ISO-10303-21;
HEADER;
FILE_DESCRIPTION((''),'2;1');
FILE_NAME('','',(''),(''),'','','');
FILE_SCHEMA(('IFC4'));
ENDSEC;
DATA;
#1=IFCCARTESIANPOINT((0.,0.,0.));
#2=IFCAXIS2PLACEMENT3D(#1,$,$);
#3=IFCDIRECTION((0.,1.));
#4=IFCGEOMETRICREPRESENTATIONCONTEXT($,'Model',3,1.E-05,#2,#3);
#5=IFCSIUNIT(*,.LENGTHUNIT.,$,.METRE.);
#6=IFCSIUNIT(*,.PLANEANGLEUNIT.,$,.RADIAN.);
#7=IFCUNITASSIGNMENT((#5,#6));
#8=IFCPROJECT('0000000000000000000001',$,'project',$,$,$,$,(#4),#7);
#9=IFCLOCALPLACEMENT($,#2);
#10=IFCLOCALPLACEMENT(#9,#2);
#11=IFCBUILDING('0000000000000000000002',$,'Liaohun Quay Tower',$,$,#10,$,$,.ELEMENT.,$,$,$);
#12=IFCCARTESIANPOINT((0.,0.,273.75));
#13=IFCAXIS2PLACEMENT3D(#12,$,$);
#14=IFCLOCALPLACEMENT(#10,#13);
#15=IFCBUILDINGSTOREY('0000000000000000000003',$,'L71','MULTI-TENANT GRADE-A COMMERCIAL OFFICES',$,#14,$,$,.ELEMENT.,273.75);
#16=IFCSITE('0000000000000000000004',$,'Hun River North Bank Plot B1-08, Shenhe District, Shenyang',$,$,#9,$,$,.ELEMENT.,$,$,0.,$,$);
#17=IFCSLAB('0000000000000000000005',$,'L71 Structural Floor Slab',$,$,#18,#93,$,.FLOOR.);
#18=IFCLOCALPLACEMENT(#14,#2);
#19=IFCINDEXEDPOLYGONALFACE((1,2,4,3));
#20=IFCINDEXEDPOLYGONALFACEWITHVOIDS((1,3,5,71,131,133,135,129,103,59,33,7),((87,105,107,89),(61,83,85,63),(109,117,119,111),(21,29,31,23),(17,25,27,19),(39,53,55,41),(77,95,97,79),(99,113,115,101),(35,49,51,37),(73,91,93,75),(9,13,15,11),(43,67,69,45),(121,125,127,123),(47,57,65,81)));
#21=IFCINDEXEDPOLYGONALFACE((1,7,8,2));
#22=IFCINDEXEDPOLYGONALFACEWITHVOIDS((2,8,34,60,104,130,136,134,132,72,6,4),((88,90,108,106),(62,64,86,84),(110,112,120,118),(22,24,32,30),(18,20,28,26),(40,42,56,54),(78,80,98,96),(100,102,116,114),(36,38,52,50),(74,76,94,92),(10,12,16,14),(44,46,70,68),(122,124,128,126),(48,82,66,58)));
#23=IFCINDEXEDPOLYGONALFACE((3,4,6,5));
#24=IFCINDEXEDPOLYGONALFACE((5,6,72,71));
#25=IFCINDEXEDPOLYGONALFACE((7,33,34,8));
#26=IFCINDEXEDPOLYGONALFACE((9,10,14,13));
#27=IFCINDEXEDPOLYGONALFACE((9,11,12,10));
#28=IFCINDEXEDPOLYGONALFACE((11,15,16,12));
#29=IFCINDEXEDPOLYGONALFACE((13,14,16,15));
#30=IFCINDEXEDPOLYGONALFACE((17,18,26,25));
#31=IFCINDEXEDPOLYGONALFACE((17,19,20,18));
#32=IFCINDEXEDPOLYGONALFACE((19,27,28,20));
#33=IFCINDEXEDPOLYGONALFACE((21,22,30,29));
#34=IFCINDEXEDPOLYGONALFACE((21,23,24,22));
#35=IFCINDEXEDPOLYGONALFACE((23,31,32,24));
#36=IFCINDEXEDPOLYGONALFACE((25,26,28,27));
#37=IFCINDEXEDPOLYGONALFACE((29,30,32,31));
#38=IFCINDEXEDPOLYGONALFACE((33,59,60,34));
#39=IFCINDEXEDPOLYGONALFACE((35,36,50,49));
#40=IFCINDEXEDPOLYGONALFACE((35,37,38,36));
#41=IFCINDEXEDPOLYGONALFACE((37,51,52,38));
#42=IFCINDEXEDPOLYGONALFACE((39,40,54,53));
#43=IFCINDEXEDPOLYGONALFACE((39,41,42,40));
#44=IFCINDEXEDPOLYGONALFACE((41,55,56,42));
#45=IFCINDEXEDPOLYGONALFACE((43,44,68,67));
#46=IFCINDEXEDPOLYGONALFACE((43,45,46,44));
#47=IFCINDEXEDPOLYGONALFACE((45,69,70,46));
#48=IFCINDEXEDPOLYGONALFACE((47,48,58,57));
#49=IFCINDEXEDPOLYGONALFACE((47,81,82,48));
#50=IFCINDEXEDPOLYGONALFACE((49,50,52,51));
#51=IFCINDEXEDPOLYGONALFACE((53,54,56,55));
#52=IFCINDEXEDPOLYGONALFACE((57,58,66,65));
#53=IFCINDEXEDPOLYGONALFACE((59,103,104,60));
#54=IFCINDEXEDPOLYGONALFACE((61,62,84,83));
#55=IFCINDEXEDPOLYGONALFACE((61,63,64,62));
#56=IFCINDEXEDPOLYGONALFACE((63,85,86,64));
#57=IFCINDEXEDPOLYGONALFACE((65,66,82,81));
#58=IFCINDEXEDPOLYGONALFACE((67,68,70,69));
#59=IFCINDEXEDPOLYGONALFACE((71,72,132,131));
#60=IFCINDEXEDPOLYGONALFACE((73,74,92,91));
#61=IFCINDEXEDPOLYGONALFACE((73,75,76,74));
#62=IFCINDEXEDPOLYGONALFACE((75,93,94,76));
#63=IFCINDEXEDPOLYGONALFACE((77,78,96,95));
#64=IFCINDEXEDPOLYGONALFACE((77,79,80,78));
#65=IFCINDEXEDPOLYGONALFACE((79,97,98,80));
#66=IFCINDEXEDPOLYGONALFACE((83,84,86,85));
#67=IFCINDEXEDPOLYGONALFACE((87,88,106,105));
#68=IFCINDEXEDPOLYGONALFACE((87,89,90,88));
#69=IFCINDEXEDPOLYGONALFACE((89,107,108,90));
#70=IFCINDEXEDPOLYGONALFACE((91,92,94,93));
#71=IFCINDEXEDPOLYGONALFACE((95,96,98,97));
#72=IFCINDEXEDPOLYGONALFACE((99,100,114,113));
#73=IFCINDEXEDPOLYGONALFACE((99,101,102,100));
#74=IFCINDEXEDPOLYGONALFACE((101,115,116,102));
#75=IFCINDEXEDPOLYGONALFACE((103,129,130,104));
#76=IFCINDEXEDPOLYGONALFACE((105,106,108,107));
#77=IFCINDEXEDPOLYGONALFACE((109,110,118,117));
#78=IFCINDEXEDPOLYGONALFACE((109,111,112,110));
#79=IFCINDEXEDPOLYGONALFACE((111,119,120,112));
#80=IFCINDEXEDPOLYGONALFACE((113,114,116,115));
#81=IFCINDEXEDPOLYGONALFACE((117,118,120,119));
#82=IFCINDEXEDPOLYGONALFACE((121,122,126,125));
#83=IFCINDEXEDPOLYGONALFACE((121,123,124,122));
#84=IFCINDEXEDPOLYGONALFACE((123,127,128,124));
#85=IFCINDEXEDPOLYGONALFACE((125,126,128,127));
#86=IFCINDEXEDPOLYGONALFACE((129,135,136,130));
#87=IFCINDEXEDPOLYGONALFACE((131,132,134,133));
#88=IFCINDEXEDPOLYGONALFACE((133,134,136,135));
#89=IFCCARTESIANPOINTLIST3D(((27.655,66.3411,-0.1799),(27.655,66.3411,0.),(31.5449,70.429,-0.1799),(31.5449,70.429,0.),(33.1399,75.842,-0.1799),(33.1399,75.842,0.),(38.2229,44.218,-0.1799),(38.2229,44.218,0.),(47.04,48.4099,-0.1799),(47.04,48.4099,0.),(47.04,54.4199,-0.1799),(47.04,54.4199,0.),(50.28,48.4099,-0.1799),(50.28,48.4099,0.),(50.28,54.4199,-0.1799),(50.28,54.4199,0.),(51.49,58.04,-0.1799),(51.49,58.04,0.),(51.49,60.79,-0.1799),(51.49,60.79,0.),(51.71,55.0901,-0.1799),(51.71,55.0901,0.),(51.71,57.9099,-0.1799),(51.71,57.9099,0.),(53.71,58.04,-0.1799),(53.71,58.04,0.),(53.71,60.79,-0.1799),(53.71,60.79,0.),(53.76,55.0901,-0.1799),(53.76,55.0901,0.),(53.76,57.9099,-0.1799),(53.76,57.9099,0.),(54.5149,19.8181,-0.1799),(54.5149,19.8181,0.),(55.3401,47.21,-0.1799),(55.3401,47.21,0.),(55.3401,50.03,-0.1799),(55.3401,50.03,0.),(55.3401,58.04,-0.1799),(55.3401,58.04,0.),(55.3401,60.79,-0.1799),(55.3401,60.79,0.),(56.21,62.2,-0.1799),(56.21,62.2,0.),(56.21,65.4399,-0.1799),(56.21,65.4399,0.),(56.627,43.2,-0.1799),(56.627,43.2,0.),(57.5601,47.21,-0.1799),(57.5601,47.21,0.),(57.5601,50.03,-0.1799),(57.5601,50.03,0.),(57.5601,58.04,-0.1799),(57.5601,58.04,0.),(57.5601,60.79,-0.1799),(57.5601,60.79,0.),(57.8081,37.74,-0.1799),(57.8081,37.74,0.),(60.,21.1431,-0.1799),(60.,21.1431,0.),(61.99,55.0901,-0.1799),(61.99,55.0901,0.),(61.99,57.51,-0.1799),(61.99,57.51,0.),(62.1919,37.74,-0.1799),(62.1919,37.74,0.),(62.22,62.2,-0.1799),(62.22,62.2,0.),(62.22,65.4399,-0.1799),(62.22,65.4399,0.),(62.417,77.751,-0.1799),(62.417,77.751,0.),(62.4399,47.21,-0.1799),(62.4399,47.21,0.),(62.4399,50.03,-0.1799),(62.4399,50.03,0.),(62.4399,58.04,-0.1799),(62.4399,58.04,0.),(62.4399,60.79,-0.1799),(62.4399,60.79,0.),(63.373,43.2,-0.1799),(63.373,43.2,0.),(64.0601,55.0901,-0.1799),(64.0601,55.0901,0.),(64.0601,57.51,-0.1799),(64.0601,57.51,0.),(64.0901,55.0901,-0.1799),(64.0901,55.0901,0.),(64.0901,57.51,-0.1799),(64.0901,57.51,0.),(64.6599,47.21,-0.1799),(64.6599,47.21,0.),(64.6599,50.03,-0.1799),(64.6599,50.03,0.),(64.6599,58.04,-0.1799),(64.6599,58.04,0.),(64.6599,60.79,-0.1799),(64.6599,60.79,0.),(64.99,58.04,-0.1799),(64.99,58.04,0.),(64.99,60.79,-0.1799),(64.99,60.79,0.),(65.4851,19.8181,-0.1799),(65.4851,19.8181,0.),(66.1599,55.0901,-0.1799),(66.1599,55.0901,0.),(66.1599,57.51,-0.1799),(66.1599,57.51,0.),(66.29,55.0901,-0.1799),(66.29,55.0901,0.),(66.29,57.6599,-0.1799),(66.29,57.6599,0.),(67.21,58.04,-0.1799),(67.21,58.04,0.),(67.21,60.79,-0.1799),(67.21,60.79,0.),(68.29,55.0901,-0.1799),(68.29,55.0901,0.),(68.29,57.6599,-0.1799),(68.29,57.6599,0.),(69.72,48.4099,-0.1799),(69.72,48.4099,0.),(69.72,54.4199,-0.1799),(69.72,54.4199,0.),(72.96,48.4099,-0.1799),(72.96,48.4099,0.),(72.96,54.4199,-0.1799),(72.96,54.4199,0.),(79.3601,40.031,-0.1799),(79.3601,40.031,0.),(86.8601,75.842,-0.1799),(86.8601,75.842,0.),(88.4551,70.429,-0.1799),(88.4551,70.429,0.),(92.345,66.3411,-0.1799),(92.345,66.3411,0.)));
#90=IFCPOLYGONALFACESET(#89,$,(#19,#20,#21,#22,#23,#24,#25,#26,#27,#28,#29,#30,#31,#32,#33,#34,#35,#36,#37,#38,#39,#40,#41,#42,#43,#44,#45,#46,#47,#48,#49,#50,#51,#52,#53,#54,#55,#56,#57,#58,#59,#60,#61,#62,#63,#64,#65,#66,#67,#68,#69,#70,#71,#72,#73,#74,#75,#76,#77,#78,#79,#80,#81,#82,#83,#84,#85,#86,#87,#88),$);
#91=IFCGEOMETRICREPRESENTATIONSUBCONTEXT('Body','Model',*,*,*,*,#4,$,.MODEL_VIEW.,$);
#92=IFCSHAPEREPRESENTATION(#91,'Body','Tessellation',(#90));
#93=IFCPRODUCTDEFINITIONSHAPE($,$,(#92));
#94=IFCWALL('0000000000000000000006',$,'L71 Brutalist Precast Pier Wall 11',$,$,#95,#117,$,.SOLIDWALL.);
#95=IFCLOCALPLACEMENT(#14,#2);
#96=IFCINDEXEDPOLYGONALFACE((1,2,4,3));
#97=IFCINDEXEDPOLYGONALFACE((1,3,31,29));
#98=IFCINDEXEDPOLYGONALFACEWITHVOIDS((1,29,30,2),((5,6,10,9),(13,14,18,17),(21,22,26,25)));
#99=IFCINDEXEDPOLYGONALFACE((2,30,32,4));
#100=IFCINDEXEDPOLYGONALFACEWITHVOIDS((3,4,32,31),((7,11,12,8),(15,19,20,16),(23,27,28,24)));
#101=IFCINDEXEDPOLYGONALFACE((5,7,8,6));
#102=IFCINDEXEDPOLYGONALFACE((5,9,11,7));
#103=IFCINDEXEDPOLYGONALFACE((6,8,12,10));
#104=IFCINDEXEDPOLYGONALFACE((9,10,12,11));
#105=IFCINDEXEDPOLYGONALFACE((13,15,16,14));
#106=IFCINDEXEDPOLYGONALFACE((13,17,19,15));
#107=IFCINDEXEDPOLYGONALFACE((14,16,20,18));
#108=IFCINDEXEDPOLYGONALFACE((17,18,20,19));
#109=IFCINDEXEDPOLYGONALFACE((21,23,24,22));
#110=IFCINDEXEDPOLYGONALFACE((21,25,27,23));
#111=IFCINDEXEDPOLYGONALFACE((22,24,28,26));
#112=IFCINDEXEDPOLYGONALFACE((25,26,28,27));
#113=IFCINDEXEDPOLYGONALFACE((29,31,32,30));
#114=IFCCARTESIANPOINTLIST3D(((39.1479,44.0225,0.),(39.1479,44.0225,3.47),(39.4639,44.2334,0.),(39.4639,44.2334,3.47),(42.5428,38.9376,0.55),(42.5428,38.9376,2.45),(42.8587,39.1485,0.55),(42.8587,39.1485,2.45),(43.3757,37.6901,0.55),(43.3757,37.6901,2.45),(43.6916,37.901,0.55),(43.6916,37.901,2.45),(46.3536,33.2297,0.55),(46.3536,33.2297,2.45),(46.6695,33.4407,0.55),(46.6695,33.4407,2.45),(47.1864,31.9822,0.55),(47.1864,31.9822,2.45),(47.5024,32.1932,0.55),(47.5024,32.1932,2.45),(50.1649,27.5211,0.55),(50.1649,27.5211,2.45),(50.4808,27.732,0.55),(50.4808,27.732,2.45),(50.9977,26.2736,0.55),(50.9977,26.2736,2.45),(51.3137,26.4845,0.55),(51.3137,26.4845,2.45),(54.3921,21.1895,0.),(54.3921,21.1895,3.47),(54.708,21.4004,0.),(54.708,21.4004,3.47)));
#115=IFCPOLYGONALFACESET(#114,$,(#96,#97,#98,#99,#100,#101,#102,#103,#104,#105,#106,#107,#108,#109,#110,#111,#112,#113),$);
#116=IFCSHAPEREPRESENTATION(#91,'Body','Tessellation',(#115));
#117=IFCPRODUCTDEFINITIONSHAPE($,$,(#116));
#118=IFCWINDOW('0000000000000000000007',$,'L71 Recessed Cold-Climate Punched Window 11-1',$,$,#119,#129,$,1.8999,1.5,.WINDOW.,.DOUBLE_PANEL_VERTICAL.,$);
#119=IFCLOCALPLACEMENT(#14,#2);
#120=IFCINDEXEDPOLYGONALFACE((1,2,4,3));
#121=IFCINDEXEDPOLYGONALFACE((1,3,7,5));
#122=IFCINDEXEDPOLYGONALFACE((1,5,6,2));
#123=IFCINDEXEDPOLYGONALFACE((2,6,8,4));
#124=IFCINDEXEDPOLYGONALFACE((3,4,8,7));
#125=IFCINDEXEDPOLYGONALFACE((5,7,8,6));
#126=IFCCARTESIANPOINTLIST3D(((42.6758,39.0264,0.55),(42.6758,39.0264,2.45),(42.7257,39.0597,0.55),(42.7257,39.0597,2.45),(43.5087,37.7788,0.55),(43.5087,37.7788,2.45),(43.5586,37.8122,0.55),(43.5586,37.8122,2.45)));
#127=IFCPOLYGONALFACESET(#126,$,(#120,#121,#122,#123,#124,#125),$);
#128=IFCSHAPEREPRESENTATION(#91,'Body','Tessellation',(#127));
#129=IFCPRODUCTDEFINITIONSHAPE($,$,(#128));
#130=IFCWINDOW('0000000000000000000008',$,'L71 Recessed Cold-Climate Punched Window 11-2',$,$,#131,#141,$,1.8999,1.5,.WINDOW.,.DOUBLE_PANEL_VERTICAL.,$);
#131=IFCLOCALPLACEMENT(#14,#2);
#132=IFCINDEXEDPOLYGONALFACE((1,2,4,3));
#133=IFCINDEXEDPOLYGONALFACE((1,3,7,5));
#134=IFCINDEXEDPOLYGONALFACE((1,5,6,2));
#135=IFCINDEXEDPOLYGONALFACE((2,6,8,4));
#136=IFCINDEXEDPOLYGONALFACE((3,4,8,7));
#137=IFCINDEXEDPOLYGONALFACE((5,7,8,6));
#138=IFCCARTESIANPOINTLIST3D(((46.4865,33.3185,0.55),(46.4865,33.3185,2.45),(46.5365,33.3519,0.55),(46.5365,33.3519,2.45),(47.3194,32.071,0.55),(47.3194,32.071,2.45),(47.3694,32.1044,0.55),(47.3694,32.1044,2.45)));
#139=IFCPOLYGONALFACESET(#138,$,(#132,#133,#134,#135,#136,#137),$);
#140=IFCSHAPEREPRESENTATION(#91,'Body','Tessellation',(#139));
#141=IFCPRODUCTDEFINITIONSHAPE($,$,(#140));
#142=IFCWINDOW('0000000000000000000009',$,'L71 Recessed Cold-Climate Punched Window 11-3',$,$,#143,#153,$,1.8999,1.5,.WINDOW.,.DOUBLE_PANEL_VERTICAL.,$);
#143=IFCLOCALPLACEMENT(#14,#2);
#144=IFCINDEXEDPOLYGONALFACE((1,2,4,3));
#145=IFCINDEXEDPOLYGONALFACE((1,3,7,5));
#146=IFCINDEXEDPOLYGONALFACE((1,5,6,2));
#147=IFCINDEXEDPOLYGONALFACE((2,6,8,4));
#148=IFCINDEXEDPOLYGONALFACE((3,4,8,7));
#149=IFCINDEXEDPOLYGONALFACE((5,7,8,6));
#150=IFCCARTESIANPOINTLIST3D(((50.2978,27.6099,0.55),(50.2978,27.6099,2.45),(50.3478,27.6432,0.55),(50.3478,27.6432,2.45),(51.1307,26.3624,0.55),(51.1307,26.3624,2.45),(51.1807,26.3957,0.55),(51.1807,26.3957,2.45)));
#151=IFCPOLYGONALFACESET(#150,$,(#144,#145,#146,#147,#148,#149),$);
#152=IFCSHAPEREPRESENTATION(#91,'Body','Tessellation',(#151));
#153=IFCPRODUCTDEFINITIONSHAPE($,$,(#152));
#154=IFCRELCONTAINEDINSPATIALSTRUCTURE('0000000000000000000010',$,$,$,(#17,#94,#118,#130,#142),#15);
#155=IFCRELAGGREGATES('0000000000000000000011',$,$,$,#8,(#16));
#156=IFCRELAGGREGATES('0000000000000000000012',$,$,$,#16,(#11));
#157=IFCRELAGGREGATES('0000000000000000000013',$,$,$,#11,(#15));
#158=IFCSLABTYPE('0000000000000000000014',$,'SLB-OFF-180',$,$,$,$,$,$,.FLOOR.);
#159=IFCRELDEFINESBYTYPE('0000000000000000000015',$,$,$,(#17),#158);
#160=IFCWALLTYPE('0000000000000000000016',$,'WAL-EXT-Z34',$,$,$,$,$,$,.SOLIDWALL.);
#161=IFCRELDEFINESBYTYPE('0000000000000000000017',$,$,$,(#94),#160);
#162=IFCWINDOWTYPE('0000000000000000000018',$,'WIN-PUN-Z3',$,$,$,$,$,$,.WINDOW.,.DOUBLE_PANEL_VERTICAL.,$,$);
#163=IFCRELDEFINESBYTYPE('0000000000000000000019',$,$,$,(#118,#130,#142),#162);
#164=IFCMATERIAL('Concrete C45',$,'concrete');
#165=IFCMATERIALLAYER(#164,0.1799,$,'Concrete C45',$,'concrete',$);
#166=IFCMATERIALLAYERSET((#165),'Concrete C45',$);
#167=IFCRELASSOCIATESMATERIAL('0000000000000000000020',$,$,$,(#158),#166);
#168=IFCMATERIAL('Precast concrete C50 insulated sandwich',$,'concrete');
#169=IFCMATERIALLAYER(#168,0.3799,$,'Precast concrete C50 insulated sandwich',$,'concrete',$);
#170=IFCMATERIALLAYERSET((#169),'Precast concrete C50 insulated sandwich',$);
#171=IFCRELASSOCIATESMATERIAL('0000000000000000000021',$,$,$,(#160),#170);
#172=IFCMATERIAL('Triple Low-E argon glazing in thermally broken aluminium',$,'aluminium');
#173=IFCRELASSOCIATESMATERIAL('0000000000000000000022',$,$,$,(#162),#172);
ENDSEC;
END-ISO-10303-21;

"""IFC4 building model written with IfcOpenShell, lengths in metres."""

from ifc_helpers import new_model, si_unit, direction, frame, frame_2d, origin, place, context, subcontext, project, spatial, polyline, rectangle, outline, extrude, source, transform, mapped, material, layer, layer_set, type_object, element, fill, save


model = new_model("IFC4")

# Units and contexts
model_context = context("Model", 3, precision=1e-05, world=origin(), true_north=direction((0.0, 1.0)))
body_context = subcontext(model_context, "Body", "Model", "MODEL_VIEW")
ifc_project = project(units=[si_unit("LENGTHUNIT", "METRE"), si_unit("PLANEANGLEUNIT", "RADIAN")], contexts=[model_context])

# Site, building, storey
site_placement = place(None, origin())
site = spatial("IfcSite", under=ifc_project, at=site_placement, Name="Hun River North Bank Plot B1-08, Shenhe District, Shenyang", CompositionType="ELEMENT", RefElevation=0.0)
building_placement = place(site_placement, origin())
building = spatial("IfcBuilding", under=site, at=building_placement, Name="Liaohun Quay Tower", CompositionType="ELEMENT")
storey_placement = place(building_placement, frame((0.0, 0.0, 273.75)))
storey = spatial("IfcBuildingStorey", under=building, at=storey_placement, Name="L71", Description="MULTI-TENANT GRADE-A COMMERCIAL OFFICES", CompositionType="ELEMENT", Elevation=273.75)

# Shared definitions
ifc_material_1 = material(Name="Concrete C45", Category="concrete")

# Slab
ifc_layer_1 = layer(ifc_material_1, 0.1799, Name="Concrete C45", Category="concrete")
ifc_layer_set_1 = layer_set([ifc_layer_1], Name="Concrete C45")
slab_type_1 = type_object("IfcSlabType", Name="SLB-OFF-180", PredefinedType="FLOOR", material=ifc_layer_set_1)
slab_1_placement = place(storey_placement, frame((0.0, 0.0, -0.1799)))
element("IfcSlab", 1, at=slab_1_placement, inside=storey, type_object=slab_type_1, Name="L71 Structural Floor Slab", PredefinedType="FLOOR", context=body_context, shape_type="SweptSolid", body=[
    extrude(outline(polyline([(54.5149, 19.8181), (60.0, 21.1431), (65.4851, 19.8181), (79.3601, 40.031), (92.345, 66.3411), (88.4551, 70.429), (86.8601, 75.842), (62.417, 77.751), (33.1399, 75.842), (31.5449, 70.429), (27.655, 66.3411), (38.2229, 44.218), (54.5149, 19.8181)]), holes=[polyline([(63.373, 43.2), (56.627, 43.2), (57.8081, 37.74), (62.1919, 37.74), (63.373, 43.2)]), polyline([(57.5601, 47.21), (57.5601, 50.03), (55.3401, 50.03), (55.3401, 47.21), (57.5601, 47.21)]), polyline([(50.28, 54.4199), (47.04, 54.4199), (47.04, 48.4099), (50.28, 48.4099), (50.28, 54.4199)]), polyline([(53.76, 55.0901), (53.76, 57.9099), (51.71, 57.9099), (51.71, 55.0901), (53.76, 55.0901)]), polyline([(53.71, 58.04), (53.71, 60.79), (51.49, 60.79), (51.49, 58.04), (53.71, 58.04)]), polyline([(57.5601, 58.04), (57.5601, 60.79), (55.3401, 60.79), (55.3401, 58.04), (57.5601, 58.04)]), polyline([(62.22, 62.2), (62.22, 65.4399), (56.21, 65.4399), (56.21, 62.2), (62.22, 62.2)]), polyline([(64.6599, 50.03), (62.4399, 50.03), (62.4399, 47.21), (64.6599, 47.21), (64.6599, 50.03)]), polyline([(72.96, 54.4199), (69.72, 54.4199), (69.72, 48.4099), (72.96, 48.4099), (72.96, 54.4199)]), polyline([(64.0601, 55.0901), (64.0601, 57.51), (61.99, 57.51), (61.99, 55.0901), (64.0601, 55.0901)]), polyline([(66.1599, 55.0901), (66.1599, 57.51), (64.0901, 57.51), (64.0901, 55.0901), (66.1599, 55.0901)]), polyline([(68.29, 55.0901), (68.29, 57.6599), (66.29, 57.6599), (66.29, 55.0901), (68.29, 55.0901)]), polyline([(64.6599, 58.04), (64.6599, 60.79), (62.4399, 60.79), (62.4399, 58.04), (64.6599, 58.04)]), polyline([(67.21, 58.04), (67.21, 60.79), (64.99, 60.79), (64.99, 58.04), (67.21, 58.04)])]), origin(), (0.0, 0.0, 1.0), 0.1799),
])

# Wall, openings, windows
ifc_material_2 = material(Name="Precast concrete C50 insulated sandwich", Category="concrete")
ifc_layer_2 = layer(ifc_material_2, 0.3799, Name="Precast concrete C50 insulated sandwich", Category="concrete")
ifc_layer_set_2 = layer_set([ifc_layer_2], Name="Precast concrete C50 insulated sandwich")
wall_type_1 = type_object("IfcWallType", Name="WAL-EXT-Z34", PredefinedType="SOLIDWALL", material=ifc_layer_set_2)
wall_1_placement = place(storey_placement, frame((39.3059, 44.1279, 0.0), z_axis=(0.0, 0.0, 1.0), x_axis=(0.555258, -0.831678, 0.0)))
wall_1 = element("IfcWall", 2, at=wall_1_placement, inside=storey, type_object=wall_type_1, Name="L71 Brutalist Precast Pier Wall 11", PredefinedType="SOLIDWALL", context=body_context, shape_type="SweptSolid", body=[
    extrude(rectangle(XDim=27.4541, YDim=0.3799, at=frame_2d((13.7271, 0.0))), origin(), (0.0, 0.0, 1.0), 3.47),
])
shared_shape_1 = source(origin(), body_context, "Body", "SweptSolid", [
    extrude(rectangle(XDim=1.5, YDim=1.8999, at=frame_2d((0.75, 0.95))), frame((0.0, 0.2, 0.0), z_axis=(0.0, -1.0, 0.0), x_axis=(1.0, 0.0, 0.0)), (0.0, 0.0, 1.0), 0.3999),
])
opening_1_placement = place(wall_1_placement, frame((6.114, 0.0, 0.55)))
opening_1 = element("IfcOpeningElement", 3, at=opening_1_placement, cuts=wall_1, PredefinedType="OPENING", context=body_context, shape_type="MappedRepresentation", body=[
    mapped(shared_shape_1, transform((0.0, 0.0, 0.0), x_axis=(1.0, 0.0, 0.0), y_axis=(0.0, 1.0, 0.0), z_axis=(0.0, 0.0, 1.0), scale=1.0)),
])
opening_2_placement = place(wall_1_placement, frame((12.9771, 0.0, 0.55)))
opening_2 = element("IfcOpeningElement", 4, at=opening_2_placement, cuts=wall_1, PredefinedType="OPENING", context=body_context, shape_type="MappedRepresentation", body=[
    mapped(shared_shape_1, transform((0.0, 0.0, 0.0), x_axis=(1.0, 0.0, 0.0), y_axis=(0.0, 1.0, 0.0), z_axis=(0.0, 0.0, 1.0), scale=1.0)),
])
opening_3_placement = place(wall_1_placement, frame((19.8411, 0.0, 0.55)))
opening_3 = element("IfcOpeningElement", 5, at=opening_3_placement, cuts=wall_1, PredefinedType="OPENING", context=body_context, shape_type="MappedRepresentation", body=[
    mapped(shared_shape_1, transform((0.0, 0.0, 0.0), x_axis=(1.0, 0.0, 0.0), y_axis=(0.0, 1.0, 0.0), z_axis=(0.0, 0.0, 1.0), scale=1.0)),
])
ifc_material_3 = material(Name="Triple Low-E argon glazing in thermally broken aluminium", Category="aluminium")
window_type = type_object("IfcWindowType", Name="WIN-PUN-Z3", PartitioningType="DOUBLE_PANEL_VERTICAL", PredefinedType="WINDOW", material=ifc_material_3)
shared_shape_2 = source(origin(), body_context, "Body", "SweptSolid", [
    extrude(rectangle(XDim=1.5, YDim=1.8999, at=frame_2d((0.75, 0.95))), frame((0.0, 0.03, 0.0), z_axis=(0.0, -1.0, 0.0), x_axis=(1.0, 0.0, 0.0)), (0.0, 0.0, 1.0), 0.0601),
])
window_1_placement = place(opening_1_placement, origin())
window_1 = element("IfcWindow", 6, at=window_1_placement, inside=storey, type_object=window_type, Name="L71 Recessed Cold-Climate Punched Window 11-1", OverallHeight=1.8999, OverallWidth=1.5, PartitioningType="DOUBLE_PANEL_VERTICAL", PredefinedType="WINDOW", context=body_context, shape_type="MappedRepresentation", body=[
    mapped(shared_shape_2, transform((0.0, 0.0, 0.0), x_axis=(1.0, 0.0, 0.0), y_axis=(0.0, 1.0, 0.0), z_axis=(0.0, 0.0, 1.0), scale=1.0)),
])
fill(opening_1, window_1)
window_2_placement = place(opening_2_placement, origin())
window_2 = element("IfcWindow", 7, at=window_2_placement, inside=storey, type_object=window_type, Name="L71 Recessed Cold-Climate Punched Window 11-2", OverallHeight=1.8999, OverallWidth=1.5, PartitioningType="DOUBLE_PANEL_VERTICAL", PredefinedType="WINDOW", context=body_context, shape_type="MappedRepresentation", body=[
    mapped(shared_shape_2, transform((0.0, 0.0, 0.0), x_axis=(1.0, 0.0, 0.0), y_axis=(0.0, 1.0, 0.0), z_axis=(0.0, 0.0, 1.0), scale=1.0)),
])
fill(opening_2, window_2)
window_3_placement = place(opening_3_placement, origin())
window_3 = element("IfcWindow", 8, at=window_3_placement, inside=storey, type_object=window_type, Name="L71 Recessed Cold-Climate Punched Window 11-3", OverallHeight=1.8999, OverallWidth=1.5, PartitioningType="DOUBLE_PANEL_VERTICAL", PredefinedType="WINDOW", context=body_context, shape_type="MappedRepresentation", body=[
    mapped(shared_shape_2, transform((0.0, 0.0, 0.0), x_axis=(1.0, 0.0, 0.0), y_axis=(0.0, 1.0, 0.0), z_axis=(0.0, 0.0, 1.0), scale=1.0)),
])
fill(opening_3, window_3)

save(model, "model.ifc")
